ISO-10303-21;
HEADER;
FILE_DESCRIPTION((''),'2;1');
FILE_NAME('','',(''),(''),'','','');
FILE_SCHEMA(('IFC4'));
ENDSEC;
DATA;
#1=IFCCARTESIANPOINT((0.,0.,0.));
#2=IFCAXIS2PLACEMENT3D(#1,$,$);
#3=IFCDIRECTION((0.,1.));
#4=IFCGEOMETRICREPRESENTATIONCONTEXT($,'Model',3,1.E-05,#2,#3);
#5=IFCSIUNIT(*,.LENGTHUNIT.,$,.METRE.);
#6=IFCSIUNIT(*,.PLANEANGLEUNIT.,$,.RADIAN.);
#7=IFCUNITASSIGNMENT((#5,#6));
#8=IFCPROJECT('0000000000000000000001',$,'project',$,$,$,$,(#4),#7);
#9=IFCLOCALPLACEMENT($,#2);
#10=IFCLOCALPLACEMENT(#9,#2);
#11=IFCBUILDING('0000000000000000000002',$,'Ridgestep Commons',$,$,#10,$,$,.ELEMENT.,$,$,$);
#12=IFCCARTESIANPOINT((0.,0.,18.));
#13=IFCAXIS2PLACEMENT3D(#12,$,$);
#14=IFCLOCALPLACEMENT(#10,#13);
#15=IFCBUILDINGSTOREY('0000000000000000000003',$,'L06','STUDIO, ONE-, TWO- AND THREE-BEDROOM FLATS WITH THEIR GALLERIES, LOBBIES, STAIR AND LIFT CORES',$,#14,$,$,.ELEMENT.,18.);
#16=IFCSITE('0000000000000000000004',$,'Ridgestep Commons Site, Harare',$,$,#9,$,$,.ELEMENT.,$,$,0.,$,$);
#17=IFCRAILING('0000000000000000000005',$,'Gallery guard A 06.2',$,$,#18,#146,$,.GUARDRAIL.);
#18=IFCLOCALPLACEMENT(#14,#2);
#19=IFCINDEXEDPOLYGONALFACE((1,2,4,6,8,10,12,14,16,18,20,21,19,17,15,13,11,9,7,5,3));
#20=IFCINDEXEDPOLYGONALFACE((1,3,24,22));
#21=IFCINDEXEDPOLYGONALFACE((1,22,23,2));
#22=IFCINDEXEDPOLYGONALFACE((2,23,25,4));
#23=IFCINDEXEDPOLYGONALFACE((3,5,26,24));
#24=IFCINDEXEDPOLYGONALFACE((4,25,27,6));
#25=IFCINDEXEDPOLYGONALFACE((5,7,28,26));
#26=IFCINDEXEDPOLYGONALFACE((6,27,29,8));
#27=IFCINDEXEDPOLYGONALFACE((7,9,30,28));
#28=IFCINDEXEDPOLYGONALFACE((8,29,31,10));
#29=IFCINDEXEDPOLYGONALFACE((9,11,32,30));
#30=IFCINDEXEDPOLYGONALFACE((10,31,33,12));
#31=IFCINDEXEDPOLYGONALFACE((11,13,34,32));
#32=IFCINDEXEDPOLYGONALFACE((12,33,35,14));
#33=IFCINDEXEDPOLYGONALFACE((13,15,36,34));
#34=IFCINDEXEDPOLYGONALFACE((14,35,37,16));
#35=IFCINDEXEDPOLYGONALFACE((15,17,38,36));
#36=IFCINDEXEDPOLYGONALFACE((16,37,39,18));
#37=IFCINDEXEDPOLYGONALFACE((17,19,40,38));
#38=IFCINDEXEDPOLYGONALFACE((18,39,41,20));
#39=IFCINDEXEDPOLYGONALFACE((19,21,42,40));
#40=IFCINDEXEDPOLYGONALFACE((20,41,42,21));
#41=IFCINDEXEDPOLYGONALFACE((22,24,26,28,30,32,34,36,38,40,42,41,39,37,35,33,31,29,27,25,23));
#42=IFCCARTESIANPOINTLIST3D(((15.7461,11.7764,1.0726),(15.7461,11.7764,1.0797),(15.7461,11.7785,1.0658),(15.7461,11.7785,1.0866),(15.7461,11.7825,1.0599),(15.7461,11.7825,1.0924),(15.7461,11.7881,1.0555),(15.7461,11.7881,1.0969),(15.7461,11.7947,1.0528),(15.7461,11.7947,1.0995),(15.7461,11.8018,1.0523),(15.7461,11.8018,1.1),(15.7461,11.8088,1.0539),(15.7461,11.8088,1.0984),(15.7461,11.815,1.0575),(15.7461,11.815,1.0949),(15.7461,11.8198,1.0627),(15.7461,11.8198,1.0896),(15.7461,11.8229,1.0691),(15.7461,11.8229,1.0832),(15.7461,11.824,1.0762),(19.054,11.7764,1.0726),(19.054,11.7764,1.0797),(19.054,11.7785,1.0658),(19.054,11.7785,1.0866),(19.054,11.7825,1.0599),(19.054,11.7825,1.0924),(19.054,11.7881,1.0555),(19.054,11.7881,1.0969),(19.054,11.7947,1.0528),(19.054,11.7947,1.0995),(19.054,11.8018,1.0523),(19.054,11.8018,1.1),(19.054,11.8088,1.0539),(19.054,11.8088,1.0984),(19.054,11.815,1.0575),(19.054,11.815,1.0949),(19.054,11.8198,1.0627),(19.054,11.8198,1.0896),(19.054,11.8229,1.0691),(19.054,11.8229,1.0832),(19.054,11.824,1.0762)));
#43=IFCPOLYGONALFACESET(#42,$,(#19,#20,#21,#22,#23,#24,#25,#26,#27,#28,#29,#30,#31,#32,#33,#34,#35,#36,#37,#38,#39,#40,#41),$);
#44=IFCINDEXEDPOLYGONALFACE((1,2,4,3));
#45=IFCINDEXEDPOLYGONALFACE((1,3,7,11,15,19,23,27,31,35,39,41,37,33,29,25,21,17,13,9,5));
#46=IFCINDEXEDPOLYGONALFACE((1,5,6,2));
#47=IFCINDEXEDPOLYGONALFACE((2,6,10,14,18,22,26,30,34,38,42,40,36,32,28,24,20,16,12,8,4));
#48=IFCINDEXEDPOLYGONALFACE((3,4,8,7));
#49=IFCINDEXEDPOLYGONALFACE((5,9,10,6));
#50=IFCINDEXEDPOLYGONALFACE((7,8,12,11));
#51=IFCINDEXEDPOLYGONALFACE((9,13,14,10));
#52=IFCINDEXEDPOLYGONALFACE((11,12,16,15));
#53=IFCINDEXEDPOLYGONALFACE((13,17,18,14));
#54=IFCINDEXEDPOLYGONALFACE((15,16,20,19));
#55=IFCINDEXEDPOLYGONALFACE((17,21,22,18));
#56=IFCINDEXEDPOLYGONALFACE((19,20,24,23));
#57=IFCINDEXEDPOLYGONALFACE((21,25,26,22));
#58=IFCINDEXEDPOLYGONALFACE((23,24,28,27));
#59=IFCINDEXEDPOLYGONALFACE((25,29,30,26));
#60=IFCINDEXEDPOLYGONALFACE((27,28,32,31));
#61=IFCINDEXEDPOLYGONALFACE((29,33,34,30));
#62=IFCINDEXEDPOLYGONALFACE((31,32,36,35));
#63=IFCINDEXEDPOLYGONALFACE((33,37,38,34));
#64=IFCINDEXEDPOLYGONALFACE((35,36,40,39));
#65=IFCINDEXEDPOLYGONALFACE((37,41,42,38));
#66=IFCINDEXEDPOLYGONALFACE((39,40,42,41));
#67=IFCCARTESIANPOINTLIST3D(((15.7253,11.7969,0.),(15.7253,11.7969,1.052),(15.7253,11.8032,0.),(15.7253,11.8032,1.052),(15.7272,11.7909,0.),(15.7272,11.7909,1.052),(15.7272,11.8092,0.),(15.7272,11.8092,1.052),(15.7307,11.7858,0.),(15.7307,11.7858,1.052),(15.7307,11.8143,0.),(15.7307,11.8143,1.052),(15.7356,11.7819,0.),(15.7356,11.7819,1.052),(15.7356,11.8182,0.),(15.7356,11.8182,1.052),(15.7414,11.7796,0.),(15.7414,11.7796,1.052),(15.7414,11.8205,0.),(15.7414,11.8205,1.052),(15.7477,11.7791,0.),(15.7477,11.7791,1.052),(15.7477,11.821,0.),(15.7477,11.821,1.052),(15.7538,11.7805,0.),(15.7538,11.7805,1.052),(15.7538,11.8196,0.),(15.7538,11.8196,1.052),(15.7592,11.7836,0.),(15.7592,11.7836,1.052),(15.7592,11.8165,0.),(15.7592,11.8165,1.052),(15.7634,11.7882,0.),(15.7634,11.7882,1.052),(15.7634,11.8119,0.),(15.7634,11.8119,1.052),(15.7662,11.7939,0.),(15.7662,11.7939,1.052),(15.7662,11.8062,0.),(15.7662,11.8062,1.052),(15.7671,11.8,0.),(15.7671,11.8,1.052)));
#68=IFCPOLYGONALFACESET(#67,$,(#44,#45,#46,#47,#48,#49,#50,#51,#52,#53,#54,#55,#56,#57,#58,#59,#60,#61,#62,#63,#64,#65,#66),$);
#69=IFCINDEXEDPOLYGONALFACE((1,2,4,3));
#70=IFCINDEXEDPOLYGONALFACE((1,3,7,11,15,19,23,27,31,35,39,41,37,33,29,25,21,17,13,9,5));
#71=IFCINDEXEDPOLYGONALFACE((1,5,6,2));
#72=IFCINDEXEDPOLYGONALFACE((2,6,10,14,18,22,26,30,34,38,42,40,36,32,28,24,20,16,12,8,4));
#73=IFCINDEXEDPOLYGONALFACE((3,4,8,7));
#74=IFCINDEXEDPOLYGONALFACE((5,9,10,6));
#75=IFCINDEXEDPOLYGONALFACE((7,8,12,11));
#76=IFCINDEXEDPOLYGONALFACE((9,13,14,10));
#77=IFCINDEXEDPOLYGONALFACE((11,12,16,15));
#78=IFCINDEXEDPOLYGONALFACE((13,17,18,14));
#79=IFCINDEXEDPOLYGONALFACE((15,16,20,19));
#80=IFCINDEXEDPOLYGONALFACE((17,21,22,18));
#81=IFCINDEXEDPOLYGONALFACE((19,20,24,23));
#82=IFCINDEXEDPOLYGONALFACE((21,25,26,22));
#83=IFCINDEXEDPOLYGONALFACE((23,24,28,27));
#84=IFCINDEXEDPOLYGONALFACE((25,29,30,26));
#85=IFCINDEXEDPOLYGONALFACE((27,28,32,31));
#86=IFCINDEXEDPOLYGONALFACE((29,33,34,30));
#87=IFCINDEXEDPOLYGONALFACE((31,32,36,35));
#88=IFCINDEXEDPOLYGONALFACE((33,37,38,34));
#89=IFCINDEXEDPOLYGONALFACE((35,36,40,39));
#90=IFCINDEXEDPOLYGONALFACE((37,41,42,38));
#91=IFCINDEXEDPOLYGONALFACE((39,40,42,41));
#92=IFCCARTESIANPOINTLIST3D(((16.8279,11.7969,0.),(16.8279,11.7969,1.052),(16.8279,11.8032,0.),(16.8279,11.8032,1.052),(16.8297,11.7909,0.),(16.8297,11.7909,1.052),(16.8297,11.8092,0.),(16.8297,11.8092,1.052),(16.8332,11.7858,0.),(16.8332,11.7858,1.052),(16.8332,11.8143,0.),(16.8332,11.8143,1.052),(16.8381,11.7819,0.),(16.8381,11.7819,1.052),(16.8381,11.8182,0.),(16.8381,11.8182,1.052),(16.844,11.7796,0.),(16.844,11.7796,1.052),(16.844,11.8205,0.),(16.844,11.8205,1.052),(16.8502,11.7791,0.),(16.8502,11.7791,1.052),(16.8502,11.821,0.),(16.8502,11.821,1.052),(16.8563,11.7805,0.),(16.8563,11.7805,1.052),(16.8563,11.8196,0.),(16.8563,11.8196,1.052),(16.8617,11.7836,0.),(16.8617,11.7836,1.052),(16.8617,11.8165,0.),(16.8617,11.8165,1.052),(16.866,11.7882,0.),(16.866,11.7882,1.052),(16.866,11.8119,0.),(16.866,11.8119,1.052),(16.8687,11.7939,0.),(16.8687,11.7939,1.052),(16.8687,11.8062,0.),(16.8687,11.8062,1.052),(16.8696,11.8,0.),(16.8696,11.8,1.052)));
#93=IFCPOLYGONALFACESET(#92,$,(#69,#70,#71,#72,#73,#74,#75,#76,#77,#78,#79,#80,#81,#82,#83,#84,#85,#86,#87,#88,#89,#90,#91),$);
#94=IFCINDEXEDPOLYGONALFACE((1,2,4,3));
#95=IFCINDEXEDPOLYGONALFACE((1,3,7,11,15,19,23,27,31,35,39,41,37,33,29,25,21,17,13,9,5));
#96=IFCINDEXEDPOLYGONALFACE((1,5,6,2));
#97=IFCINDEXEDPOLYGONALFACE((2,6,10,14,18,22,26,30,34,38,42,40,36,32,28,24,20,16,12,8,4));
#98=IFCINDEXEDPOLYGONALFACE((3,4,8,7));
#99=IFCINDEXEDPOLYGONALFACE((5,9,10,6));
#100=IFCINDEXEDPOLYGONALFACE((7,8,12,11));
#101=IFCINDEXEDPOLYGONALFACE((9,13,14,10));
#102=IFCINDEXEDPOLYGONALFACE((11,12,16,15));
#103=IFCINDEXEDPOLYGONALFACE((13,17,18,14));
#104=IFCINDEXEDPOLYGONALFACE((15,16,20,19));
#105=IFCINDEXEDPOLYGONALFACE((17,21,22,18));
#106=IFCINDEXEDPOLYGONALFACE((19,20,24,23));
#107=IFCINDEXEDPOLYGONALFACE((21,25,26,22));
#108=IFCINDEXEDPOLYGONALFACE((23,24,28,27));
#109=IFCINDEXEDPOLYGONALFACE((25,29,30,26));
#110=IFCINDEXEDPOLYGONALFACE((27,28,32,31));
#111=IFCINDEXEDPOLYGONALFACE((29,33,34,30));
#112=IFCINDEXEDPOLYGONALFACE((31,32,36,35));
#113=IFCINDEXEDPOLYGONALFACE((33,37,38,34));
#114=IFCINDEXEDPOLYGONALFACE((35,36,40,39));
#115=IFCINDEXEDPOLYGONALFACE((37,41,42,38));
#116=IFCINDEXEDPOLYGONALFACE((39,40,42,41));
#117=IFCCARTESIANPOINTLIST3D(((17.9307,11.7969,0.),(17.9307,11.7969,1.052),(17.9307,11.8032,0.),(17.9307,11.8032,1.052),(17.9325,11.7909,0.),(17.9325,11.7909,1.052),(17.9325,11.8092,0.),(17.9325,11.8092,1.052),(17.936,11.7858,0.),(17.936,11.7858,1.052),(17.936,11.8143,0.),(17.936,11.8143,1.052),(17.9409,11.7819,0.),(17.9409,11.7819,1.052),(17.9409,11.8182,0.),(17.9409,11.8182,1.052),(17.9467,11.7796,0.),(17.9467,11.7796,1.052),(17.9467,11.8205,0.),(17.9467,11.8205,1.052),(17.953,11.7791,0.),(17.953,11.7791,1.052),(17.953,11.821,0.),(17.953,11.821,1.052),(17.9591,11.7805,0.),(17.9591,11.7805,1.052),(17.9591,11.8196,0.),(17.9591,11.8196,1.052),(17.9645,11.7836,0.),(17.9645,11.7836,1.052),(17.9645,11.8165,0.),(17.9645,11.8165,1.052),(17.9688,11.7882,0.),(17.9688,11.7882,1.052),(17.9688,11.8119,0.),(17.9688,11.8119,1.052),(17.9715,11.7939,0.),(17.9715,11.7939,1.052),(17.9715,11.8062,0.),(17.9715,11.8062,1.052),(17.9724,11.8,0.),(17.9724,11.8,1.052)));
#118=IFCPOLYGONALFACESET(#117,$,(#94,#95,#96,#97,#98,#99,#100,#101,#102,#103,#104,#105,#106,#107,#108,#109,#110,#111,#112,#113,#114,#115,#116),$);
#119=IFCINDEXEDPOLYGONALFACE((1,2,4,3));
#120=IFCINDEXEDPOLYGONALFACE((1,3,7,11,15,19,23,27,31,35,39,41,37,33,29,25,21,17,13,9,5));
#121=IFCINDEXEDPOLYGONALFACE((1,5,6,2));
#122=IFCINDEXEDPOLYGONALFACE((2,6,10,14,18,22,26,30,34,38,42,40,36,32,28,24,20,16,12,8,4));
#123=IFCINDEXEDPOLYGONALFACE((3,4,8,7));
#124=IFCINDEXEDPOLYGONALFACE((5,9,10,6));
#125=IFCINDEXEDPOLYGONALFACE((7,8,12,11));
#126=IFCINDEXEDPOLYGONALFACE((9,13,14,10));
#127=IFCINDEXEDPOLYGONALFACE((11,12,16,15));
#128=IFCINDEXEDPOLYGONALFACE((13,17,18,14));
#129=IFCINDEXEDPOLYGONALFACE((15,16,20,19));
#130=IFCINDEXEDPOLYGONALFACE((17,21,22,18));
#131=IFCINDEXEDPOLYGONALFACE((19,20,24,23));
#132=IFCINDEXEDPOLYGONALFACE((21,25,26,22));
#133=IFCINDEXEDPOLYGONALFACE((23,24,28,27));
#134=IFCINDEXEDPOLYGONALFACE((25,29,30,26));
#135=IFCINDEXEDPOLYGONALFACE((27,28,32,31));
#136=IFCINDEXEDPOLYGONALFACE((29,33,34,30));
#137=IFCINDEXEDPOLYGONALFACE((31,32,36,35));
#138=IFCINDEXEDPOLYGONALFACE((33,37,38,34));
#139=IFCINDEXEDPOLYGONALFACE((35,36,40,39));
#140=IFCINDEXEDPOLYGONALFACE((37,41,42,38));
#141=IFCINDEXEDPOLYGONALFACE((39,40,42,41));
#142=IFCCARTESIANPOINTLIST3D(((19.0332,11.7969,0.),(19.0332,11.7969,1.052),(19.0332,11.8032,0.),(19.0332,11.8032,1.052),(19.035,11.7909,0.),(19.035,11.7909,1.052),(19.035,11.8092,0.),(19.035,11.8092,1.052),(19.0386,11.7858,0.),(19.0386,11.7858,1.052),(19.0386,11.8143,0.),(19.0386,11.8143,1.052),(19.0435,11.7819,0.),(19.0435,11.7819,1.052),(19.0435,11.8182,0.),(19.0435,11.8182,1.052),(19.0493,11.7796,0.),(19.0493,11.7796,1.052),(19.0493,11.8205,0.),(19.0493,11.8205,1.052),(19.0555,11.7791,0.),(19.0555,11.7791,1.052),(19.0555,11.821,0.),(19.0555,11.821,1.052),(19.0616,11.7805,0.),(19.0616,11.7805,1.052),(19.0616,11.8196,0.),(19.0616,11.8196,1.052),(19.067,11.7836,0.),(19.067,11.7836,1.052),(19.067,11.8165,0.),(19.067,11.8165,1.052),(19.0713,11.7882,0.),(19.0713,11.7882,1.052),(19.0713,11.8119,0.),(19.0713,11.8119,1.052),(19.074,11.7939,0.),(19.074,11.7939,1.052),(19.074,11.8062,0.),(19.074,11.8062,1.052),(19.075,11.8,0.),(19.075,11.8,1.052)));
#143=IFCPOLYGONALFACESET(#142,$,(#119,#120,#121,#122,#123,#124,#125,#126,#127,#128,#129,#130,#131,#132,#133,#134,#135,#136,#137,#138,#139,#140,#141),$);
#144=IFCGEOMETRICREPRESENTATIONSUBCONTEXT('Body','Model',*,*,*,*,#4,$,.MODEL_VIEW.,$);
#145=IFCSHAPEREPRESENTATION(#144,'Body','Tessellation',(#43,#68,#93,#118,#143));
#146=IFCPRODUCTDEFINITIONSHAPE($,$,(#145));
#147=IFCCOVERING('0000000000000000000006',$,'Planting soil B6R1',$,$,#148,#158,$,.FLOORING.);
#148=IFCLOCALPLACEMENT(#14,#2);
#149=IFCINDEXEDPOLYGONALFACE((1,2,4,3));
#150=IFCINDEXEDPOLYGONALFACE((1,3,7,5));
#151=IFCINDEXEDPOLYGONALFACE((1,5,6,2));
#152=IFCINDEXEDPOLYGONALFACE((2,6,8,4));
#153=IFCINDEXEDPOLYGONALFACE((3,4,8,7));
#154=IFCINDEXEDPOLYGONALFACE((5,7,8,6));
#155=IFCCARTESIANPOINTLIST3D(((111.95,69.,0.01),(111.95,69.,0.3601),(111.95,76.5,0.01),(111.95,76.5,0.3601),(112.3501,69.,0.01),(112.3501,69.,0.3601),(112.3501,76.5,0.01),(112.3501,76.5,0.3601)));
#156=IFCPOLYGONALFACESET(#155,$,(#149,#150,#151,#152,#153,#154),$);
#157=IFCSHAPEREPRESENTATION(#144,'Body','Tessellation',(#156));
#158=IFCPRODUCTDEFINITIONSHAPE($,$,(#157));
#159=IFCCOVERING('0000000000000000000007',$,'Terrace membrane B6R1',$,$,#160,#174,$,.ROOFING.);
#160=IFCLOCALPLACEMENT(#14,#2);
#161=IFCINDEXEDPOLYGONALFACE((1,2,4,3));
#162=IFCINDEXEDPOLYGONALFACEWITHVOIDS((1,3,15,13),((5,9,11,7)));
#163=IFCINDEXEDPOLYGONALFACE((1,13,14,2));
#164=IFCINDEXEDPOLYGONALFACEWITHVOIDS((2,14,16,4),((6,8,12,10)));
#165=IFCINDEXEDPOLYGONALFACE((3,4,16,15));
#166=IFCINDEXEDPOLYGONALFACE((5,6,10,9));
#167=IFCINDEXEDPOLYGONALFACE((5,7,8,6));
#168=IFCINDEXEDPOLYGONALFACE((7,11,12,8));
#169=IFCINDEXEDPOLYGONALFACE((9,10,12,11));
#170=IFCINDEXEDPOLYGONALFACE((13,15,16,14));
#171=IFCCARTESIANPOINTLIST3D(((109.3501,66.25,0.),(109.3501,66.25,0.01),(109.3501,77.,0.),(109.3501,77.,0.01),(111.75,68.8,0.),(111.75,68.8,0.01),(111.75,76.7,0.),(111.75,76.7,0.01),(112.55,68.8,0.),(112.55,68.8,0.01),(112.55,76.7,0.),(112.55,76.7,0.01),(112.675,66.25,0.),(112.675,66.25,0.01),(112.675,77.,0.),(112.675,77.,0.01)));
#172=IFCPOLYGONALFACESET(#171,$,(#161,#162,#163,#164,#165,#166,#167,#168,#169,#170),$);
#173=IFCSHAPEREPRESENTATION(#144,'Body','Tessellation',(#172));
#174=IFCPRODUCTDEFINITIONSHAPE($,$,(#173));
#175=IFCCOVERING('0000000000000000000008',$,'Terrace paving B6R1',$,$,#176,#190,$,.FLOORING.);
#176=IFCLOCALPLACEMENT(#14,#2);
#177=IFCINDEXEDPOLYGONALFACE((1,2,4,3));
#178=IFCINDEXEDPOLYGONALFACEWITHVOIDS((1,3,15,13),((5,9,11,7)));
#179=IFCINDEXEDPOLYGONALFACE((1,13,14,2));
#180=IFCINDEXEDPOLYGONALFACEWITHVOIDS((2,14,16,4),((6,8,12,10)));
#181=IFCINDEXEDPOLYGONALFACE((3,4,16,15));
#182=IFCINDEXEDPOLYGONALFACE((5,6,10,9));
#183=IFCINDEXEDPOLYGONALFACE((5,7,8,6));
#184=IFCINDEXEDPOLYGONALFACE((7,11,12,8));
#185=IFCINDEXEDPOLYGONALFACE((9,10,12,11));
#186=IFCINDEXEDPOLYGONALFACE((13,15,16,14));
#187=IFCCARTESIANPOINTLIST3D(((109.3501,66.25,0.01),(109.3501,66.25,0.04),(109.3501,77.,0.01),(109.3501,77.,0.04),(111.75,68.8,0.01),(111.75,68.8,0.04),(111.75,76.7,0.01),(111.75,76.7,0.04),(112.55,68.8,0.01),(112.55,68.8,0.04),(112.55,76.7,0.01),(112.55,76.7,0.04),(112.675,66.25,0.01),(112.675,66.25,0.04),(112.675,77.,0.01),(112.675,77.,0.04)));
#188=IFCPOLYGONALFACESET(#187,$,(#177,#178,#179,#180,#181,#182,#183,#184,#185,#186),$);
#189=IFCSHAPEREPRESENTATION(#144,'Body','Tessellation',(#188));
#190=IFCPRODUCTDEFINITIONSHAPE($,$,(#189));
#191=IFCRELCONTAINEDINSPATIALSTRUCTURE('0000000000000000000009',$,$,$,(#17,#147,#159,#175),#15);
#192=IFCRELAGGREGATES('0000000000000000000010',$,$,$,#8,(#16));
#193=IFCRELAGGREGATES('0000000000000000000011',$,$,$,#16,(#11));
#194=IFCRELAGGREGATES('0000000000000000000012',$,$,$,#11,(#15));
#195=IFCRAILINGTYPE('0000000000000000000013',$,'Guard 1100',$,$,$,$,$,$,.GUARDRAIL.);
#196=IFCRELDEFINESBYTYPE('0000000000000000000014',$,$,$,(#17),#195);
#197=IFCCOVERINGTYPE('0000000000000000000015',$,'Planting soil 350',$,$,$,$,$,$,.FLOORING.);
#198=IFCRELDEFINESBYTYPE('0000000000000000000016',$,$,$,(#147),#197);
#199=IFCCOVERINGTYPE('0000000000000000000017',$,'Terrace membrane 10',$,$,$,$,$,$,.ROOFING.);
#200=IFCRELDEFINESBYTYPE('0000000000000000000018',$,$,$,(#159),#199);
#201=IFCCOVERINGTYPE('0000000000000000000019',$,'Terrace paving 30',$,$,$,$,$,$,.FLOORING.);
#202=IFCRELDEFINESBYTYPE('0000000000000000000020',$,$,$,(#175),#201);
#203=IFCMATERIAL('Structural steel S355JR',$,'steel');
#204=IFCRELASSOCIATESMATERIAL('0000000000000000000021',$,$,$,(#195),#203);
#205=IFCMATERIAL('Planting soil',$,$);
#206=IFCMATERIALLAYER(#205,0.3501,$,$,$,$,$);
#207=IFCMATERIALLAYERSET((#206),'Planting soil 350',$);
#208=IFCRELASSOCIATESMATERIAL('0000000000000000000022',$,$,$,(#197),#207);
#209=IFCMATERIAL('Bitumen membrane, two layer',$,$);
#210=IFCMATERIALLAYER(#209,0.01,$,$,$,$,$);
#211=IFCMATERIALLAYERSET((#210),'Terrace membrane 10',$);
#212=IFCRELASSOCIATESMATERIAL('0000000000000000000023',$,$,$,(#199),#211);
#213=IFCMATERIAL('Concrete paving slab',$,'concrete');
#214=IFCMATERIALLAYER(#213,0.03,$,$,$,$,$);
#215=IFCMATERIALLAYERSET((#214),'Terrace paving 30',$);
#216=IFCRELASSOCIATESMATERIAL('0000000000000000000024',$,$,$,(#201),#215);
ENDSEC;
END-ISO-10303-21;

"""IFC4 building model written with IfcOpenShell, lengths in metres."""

from ifc_helpers import new_model, si_unit, direction, frame, origin, origin_2d, place, context, subcontext, project, spatial, polyline, circle, outline, extrude, material, layer, layer_set, type_object, element, save


model = new_model("IFC4")

# Units and contexts
model_context = context("Model", 3, precision=1e-05, world=origin(), true_north=direction((0.0, 1.0)))
body_context = subcontext(model_context, "Body", "Model", "MODEL_VIEW")
ifc_project = project(units=[si_unit("LENGTHUNIT", "METRE"), si_unit("PLANEANGLEUNIT", "RADIAN")], contexts=[model_context])

# Site, building, storey
site_placement = place(None, origin())
site = spatial("IfcSite", under=ifc_project, at=site_placement, Name="Ridgestep Commons Site, Harare", CompositionType="ELEMENT", RefElevation=0.0)
building_placement = place(site_placement, origin())
building = spatial("IfcBuilding", under=site, at=building_placement, Name="Ridgestep Commons", CompositionType="ELEMENT")
storey_placement = place(building_placement, frame((0.0, 0.0, 18.0)))
storey = spatial("IfcBuildingStorey", under=building, at=storey_placement, Name="L06", Description="STUDIO, ONE-, TWO- AND THREE-BEDROOM FLATS WITH THEIR GALLERIES, LOBBIES, STAIR AND LIFT CORES", CompositionType="ELEMENT", Elevation=18.0)

# Railing
ifc_material_1 = material(Name="Structural steel S355JR", Category="steel")
railing_type = type_object("IfcRailingType", Name="Guard 1100", PredefinedType="GUARDRAIL", material=ifc_material_1)
railing_1_placement = place(storey_placement, frame((15.7461, 11.8, 0.0)))
element("IfcRailing", 1, at=railing_1_placement, inside=storey, type_object=railing_type, Name="Gallery guard A 06.2", PredefinedType="GUARDRAIL", context=body_context, shape_type="SweptSolid", body=[
    extrude(circle(Radius=0.0239, at=origin_2d()), frame((0.0, 0.0, 1.0762), z_axis=(1.0, 0.0, 0.0), x_axis=(0.0, 1.0, 0.0)), (0.0, 0.0, 1.0), 3.3079),
    extrude(circle(Radius=0.021, at=origin_2d()), origin(), (0.0, 0.0, 1.0), 1.052),
    extrude(circle(Radius=0.021, at=origin_2d()), frame((1.1025, 0.0, 0.0)), (0.0, 0.0, 1.0), 1.052),
    extrude(circle(Radius=0.021, at=origin_2d()), frame((2.2053, 0.0, 0.0)), (0.0, 0.0, 1.0), 1.052),
    extrude(circle(Radius=0.021, at=origin_2d()), frame((3.3079, 0.0, 0.0)), (0.0, 0.0, 1.0), 1.052),
])

# Coverings
ifc_material_2 = material(Name="Planting soil")
ifc_layer_1 = layer(ifc_material_2, 0.3501)
ifc_layer_set_1 = layer_set([ifc_layer_1], Name="Planting soil 350")
covering_type_1 = type_object("IfcCoveringType", Name="Planting soil 350", PredefinedType="FLOORING", material=ifc_layer_set_1)
covering_1_placement = place(storey_placement, frame((0.0, 0.0, 0.01)))
element("IfcCovering", 2, at=covering_1_placement, inside=storey, type_object=covering_type_1, Name="Planting soil B6R1", PredefinedType="FLOORING", context=body_context, shape_type="SweptSolid", body=[
    extrude(outline(polyline([(111.95, 69.0), (112.3501, 69.0), (112.3501, 76.5), (111.95, 76.5), (111.95, 69.0)])), origin(), (0.0, 0.0, 1.0), 0.3501),
])
ifc_material_3 = material(Name="Bitumen membrane, two layer")
ifc_layer_2 = layer(ifc_material_3, 0.01)
ifc_layer_set_2 = layer_set([ifc_layer_2], Name="Terrace membrane 10")
covering_type_2 = type_object("IfcCoveringType", Name="Terrace membrane 10", PredefinedType="ROOFING", material=ifc_layer_set_2)
covering_2_placement = place(storey_placement, origin())
element("IfcCovering", 3, at=covering_2_placement, inside=storey, type_object=covering_type_2, Name="Terrace membrane B6R1", PredefinedType="ROOFING", context=body_context, shape_type="SweptSolid", body=[
    extrude(outline(polyline([(112.675, 66.25), (112.675, 77.0), (109.3501, 77.0), (109.3501, 66.25), (112.675, 66.25)]), holes=[polyline([(112.55, 68.8), (112.55, 76.7), (111.75, 76.7), (111.75, 68.8), (112.55, 68.8)])]), origin(), (0.0, 0.0, 1.0), 0.01),
])
ifc_material_4 = material(Name="Concrete paving slab", Category="concrete")
ifc_layer_3 = layer(ifc_material_4, 0.03)
ifc_layer_set_3 = layer_set([ifc_layer_3], Name="Terrace paving 30")
covering_type_3 = type_object("IfcCoveringType", Name="Terrace paving 30", PredefinedType="FLOORING", material=ifc_layer_set_3)
covering_3_placement = place(storey_placement, frame((0.0, 0.0, 0.01)))
element("IfcCovering", 4, at=covering_3_placement, inside=storey, type_object=covering_type_3, Name="Terrace paving B6R1", PredefinedType="FLOORING", context=body_context, shape_type="SweptSolid", body=[
    extrude(outline(polyline([(112.675, 66.25), (112.675, 77.0), (109.3501, 77.0), (109.3501, 66.25), (112.675, 66.25)]), holes=[polyline([(112.55, 68.8), (112.55, 76.7), (111.75, 76.7), (111.75, 68.8), (112.55, 68.8)])]), origin(), (0.0, 0.0, 1.0), 0.03),
])

save(model, "model.ifc")
